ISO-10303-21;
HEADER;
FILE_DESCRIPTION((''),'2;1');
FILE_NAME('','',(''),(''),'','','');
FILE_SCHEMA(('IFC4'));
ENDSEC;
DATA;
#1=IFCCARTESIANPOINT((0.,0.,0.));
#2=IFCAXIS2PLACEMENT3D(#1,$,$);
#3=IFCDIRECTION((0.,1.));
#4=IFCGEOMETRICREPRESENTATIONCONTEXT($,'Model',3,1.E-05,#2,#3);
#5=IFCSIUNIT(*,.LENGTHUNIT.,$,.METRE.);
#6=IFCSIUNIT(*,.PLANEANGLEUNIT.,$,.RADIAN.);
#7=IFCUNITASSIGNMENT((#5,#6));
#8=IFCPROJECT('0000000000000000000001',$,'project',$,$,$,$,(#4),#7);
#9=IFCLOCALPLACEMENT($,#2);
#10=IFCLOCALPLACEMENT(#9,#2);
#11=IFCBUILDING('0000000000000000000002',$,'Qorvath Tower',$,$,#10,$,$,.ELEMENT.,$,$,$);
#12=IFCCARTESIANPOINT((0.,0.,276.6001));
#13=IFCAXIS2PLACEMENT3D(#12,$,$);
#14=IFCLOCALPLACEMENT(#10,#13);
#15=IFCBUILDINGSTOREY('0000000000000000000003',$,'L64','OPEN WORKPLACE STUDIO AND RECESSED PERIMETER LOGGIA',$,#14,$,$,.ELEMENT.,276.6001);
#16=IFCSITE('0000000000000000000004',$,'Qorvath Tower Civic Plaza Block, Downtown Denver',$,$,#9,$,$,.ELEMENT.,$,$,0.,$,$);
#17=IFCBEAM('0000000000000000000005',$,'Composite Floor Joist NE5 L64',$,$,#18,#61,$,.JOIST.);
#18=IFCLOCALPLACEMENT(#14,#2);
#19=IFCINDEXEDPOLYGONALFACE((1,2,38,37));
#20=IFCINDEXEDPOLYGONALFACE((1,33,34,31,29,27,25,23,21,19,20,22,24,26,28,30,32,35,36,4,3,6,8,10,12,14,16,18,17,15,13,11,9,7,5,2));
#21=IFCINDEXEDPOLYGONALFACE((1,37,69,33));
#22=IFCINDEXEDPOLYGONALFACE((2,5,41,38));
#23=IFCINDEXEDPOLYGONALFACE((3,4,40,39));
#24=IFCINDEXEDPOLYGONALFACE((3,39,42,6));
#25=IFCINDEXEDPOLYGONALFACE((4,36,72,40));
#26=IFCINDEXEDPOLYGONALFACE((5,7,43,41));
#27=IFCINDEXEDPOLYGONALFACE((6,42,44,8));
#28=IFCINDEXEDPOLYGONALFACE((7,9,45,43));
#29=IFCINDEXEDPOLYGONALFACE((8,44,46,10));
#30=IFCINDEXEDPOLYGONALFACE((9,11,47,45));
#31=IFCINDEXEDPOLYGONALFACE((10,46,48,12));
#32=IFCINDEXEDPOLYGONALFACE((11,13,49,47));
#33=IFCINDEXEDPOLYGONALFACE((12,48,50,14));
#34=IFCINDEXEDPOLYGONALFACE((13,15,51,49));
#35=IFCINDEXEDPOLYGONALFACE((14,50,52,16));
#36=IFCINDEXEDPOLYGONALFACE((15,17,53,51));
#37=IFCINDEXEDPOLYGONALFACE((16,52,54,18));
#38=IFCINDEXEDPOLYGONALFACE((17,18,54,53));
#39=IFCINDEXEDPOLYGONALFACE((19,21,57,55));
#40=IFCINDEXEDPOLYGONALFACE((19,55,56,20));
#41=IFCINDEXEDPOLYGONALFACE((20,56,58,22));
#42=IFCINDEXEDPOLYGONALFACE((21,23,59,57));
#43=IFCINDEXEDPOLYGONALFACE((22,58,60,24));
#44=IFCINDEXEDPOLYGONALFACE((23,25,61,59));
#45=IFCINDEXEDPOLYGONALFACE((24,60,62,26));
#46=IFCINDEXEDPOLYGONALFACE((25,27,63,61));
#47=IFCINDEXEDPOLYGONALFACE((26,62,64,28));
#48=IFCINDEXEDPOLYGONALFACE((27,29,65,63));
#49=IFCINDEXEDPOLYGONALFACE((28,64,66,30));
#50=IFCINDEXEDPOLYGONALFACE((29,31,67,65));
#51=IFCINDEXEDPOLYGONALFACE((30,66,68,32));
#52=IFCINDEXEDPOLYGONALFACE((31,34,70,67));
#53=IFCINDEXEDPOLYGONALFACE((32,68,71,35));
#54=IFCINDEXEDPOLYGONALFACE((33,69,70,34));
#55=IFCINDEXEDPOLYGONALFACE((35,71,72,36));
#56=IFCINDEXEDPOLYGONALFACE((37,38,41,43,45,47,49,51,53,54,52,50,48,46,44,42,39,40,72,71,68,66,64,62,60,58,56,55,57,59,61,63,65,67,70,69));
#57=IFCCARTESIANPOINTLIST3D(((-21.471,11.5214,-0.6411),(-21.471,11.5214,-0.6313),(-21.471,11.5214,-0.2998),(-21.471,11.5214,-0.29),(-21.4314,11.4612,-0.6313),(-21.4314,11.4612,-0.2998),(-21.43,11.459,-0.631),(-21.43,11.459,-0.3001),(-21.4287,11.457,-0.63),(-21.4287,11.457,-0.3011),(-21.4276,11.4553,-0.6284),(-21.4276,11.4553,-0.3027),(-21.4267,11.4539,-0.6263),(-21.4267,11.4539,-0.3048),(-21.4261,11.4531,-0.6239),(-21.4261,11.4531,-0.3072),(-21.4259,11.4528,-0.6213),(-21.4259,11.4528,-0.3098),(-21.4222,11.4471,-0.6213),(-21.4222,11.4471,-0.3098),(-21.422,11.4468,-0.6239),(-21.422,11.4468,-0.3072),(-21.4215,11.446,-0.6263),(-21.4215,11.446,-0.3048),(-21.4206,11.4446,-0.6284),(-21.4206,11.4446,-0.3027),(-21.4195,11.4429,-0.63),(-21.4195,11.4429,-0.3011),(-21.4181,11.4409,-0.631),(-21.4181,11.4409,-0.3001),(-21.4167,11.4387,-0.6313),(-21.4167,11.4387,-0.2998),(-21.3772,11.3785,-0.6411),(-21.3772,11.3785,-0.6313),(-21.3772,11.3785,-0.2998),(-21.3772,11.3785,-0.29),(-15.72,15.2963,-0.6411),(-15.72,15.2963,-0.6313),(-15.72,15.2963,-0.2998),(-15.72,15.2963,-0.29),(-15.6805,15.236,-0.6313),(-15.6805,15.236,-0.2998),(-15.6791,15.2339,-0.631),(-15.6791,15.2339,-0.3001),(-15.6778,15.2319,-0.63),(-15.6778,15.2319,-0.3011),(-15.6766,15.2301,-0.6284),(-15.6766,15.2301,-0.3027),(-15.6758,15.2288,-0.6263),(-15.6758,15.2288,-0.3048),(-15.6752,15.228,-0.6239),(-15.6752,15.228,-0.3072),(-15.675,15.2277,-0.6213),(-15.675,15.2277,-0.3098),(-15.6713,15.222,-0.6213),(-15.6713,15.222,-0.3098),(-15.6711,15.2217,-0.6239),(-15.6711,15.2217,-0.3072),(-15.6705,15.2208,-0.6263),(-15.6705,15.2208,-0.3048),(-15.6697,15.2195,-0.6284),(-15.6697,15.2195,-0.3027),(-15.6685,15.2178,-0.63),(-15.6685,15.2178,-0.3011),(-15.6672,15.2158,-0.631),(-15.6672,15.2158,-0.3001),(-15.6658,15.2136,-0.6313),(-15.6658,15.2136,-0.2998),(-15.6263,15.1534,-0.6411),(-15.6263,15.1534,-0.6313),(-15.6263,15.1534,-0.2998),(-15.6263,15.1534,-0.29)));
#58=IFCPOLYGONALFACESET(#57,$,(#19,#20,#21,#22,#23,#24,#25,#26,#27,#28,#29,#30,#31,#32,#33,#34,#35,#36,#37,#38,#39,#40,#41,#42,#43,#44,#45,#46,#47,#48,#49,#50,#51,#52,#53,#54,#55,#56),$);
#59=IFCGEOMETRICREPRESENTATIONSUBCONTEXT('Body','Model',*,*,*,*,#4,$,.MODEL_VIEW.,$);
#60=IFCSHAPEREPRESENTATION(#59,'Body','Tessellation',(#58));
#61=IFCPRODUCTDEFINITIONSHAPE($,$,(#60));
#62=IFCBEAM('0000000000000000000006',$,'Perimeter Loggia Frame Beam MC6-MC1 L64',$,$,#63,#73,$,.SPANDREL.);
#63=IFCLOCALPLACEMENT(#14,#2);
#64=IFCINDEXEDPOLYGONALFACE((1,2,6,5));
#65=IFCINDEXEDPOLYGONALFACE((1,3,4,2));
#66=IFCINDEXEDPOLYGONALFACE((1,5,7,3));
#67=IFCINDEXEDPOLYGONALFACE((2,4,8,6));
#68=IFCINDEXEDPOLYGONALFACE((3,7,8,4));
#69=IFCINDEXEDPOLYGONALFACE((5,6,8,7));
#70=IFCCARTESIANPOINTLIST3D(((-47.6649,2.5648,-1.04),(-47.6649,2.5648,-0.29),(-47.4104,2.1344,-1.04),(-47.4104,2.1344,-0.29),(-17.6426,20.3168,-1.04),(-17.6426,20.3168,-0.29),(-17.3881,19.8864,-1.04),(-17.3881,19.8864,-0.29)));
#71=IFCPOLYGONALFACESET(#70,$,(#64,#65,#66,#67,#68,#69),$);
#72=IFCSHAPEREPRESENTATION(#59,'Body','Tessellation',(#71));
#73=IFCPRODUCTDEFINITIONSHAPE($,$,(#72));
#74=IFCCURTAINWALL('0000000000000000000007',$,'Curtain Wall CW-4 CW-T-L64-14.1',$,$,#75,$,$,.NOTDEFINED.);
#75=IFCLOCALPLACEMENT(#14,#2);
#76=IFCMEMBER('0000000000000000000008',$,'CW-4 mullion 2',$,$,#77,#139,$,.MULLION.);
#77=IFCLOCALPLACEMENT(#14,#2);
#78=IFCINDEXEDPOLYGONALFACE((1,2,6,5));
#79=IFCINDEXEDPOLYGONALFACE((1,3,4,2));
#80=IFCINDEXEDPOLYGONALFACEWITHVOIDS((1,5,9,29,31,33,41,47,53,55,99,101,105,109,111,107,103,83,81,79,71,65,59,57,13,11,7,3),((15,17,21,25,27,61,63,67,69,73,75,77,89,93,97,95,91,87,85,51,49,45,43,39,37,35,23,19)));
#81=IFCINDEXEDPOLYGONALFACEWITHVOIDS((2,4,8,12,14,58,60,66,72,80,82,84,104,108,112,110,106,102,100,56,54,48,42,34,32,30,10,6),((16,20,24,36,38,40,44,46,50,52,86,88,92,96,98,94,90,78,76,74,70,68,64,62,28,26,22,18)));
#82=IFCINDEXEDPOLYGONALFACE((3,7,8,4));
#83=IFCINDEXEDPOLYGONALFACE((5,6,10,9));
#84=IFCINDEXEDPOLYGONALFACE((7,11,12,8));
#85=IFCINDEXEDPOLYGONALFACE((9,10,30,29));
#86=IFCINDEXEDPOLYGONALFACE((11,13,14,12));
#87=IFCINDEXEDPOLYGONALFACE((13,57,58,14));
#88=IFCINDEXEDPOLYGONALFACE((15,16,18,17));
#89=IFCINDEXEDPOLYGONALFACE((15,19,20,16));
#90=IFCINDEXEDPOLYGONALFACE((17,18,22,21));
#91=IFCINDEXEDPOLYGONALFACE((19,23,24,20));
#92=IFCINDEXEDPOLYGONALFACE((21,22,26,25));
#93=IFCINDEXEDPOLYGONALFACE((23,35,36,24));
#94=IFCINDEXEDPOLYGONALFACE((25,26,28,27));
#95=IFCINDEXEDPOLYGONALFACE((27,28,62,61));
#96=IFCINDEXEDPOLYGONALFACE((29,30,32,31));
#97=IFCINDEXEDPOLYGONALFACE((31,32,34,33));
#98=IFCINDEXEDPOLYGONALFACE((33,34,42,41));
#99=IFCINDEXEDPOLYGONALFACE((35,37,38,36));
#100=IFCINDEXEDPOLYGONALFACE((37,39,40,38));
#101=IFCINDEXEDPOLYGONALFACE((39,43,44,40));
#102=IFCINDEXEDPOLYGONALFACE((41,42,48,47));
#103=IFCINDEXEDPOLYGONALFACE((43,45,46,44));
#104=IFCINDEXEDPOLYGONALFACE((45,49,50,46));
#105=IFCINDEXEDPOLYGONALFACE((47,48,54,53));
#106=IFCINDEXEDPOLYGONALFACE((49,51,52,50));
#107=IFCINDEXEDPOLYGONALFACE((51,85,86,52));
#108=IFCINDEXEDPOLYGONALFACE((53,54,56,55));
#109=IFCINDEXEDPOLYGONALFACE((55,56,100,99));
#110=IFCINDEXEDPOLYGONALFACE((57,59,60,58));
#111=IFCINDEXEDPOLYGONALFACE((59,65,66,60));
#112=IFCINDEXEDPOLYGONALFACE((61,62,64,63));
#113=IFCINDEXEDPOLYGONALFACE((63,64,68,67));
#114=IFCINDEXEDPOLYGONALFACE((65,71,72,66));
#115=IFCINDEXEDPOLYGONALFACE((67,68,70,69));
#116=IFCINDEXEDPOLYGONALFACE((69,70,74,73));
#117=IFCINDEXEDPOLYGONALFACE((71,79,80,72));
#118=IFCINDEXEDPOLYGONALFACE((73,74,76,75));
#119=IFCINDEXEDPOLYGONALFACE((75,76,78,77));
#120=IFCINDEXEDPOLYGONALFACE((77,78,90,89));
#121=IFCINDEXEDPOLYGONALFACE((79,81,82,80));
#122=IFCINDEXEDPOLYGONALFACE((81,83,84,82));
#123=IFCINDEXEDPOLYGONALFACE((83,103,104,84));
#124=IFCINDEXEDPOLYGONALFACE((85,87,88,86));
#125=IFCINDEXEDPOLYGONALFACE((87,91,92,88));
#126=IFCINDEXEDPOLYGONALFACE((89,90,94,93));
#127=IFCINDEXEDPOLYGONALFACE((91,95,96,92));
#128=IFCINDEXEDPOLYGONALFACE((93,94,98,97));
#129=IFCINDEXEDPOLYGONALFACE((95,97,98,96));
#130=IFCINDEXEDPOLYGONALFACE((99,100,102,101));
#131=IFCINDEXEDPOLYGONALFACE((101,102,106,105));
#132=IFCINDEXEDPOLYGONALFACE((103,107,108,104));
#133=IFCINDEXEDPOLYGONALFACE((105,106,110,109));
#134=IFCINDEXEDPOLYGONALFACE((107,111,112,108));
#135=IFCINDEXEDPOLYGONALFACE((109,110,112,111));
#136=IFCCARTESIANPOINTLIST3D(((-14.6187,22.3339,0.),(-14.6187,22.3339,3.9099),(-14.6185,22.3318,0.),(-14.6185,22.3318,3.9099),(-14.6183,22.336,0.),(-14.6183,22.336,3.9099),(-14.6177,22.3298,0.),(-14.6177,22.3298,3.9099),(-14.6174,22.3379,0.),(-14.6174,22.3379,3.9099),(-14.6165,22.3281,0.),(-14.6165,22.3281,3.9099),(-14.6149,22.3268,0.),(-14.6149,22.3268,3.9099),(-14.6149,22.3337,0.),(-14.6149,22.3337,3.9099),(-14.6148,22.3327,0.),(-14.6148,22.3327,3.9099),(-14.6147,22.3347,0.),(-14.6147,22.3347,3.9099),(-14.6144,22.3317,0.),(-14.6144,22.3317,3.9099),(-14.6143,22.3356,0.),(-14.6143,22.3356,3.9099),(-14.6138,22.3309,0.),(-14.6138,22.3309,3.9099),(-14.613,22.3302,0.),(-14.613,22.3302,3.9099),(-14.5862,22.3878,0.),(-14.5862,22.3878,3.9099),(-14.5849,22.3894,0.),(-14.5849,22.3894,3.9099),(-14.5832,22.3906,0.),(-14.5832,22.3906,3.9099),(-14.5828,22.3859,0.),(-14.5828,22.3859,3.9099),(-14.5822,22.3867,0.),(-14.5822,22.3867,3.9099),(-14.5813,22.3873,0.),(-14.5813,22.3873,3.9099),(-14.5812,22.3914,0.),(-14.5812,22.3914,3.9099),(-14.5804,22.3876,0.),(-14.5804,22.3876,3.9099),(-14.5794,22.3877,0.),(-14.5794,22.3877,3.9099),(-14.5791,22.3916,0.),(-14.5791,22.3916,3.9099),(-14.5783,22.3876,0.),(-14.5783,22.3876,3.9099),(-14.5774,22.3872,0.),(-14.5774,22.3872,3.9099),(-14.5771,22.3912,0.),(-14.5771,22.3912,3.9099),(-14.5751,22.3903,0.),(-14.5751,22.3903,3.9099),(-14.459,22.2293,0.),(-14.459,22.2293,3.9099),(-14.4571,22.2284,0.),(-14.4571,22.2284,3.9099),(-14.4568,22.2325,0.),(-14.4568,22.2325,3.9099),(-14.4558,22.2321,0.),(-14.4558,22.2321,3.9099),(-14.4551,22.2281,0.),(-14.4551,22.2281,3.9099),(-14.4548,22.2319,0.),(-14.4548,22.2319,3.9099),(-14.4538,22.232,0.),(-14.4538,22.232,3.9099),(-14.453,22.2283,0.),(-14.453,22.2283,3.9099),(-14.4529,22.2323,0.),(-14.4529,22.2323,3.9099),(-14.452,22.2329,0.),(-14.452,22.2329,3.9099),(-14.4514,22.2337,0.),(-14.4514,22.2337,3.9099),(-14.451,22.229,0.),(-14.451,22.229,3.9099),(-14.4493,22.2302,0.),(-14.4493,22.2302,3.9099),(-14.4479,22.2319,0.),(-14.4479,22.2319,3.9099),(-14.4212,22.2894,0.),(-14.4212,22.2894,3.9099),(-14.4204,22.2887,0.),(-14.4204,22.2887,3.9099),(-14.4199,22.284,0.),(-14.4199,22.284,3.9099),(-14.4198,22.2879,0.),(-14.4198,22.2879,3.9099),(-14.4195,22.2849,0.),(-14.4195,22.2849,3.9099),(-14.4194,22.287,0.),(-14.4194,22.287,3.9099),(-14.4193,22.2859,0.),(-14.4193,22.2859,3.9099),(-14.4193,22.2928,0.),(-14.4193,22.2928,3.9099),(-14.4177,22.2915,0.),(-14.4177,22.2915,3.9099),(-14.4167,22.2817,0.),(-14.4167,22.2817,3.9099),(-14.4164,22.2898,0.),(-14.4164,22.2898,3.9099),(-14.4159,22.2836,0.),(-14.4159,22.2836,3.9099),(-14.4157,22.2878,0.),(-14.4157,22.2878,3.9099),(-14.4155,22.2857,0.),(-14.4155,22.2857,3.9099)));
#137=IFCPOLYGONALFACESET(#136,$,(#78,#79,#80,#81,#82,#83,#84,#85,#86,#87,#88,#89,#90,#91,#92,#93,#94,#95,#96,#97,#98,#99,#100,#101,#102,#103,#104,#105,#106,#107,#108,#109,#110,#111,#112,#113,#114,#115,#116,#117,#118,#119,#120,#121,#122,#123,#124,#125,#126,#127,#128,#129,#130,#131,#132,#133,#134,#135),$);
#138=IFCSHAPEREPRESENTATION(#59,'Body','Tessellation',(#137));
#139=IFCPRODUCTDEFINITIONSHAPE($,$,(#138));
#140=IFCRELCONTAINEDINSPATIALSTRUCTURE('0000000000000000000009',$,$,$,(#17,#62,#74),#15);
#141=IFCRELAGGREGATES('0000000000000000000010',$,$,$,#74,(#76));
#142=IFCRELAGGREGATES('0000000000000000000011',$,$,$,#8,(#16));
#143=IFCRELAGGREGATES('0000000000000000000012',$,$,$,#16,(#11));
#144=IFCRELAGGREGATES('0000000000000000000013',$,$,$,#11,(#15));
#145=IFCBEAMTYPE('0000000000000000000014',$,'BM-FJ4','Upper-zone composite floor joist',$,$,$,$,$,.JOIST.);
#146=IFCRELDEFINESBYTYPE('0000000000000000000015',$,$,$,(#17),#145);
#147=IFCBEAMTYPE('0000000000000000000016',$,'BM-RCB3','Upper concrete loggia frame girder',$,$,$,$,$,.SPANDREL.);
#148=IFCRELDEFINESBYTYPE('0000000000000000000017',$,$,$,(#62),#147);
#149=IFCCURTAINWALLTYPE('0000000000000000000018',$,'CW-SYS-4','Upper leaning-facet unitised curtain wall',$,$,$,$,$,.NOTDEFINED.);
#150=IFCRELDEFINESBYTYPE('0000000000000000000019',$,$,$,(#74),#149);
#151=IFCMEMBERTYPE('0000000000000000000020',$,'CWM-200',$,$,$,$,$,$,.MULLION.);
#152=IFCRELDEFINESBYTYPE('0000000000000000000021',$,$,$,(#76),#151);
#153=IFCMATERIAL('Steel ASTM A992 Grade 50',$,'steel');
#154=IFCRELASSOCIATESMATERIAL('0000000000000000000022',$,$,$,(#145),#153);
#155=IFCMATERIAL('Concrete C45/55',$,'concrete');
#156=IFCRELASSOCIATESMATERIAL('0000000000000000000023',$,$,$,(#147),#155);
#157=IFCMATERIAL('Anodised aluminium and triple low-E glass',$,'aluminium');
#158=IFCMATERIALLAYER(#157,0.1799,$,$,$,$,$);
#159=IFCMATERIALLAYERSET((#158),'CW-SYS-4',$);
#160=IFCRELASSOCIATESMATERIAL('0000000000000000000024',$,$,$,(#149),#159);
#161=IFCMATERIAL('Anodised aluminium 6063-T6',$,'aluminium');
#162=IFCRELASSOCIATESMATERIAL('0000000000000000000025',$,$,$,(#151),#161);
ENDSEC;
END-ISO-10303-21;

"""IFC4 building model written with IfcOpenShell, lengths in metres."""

from ifc_helpers import new_model, si_unit, direction, frame, origin, origin_2d, place, context, subcontext, project, spatial, rectangle, hollow_rectangle, i_section, extrude, material, layer, layer_set, material_profile, profile_set, type_object, element, aggregate, save


model = new_model("IFC4")

# Units and contexts
model_context = context("Model", 3, precision=1e-05, world=origin(), true_north=direction((0.0, 1.0)))
body_context = subcontext(model_context, "Body", "Model", "MODEL_VIEW")
ifc_project = project(units=[si_unit("LENGTHUNIT", "METRE"), si_unit("PLANEANGLEUNIT", "RADIAN")], contexts=[model_context])

# Site, building, storey
site_placement = place(None, origin())
site = spatial("IfcSite", under=ifc_project, at=site_placement, Name="Qorvath Tower Civic Plaza Block, Downtown Denver", CompositionType="ELEMENT", RefElevation=0.0)
building_placement = place(site_placement, origin())
building = spatial("IfcBuilding", under=site, at=building_placement, Name="Qorvath Tower", CompositionType="ELEMENT")
storey_placement = place(building_placement, frame((0.0, 0.0, 276.6001)))
storey = spatial("IfcBuildingStorey", under=building, at=storey_placement, Name="L64", Description="OPEN WORKPLACE STUDIO AND RECESSED PERIMETER LOGGIA", CompositionType="ELEMENT", Elevation=276.6001)

# Beams
ifc_material_1 = material(Name="Steel ASTM A992 Grade 50", Category="steel")
ifc_material_profile_1 = material_profile(ifc_material_1, i_section(OverallWidth=0.1709, OverallDepth=0.3511, WebThickness=0.0068, FlangeThickness=0.0098, FilletRadius=0.01, at=origin_2d()), Name="W14x30")
ifc_profile_set_1 = profile_set([ifc_material_profile_1], Name="Steel ASTM A992 Grade 50")
beam_type_1 = type_object("IfcBeamType", Name="BM-FJ4", Description="Upper-zone composite floor joist", PredefinedType="JOIST", material=ifc_profile_set_1)
beam_1_placement = place(storey_placement, frame((-21.4241, 11.45, -0.4656), z_axis=(0.835993, 0.54874, 0.0), x_axis=(-0.54874, 0.835993, 0.0)))
element("IfcBeam", 1, at=beam_1_placement, inside=storey, type_object=beam_type_1, Name="Composite Floor Joist NE5 L64", PredefinedType="JOIST", context=body_context, shape_type="SweptSolid", body=[
    extrude(i_section(OverallWidth=0.1709, OverallDepth=0.3511, WebThickness=0.0068, FlangeThickness=0.0098, FilletRadius=0.01, at=origin_2d()), origin(), (0.0, 0.0, 1.0), 6.8792),
])
ifc_material_2 = material(Name="Concrete C45/55", Category="concrete")
ifc_material_profile_2 = material_profile(ifc_material_2, rectangle(XDim=0.5, YDim=0.75, at=origin_2d()), Name="RCB 750x500")
ifc_profile_set_2 = profile_set([ifc_material_profile_2], Name="Concrete C45/55")
beam_type_2 = type_object("IfcBeamType", Name="BM-RCB3", Description="Upper concrete loggia frame girder", PredefinedType="SPANDREL", material=ifc_profile_set_2)
beam_2_placement = place(storey_placement, frame((-17.5154, 20.1016, -0.665), z_axis=(-0.860781, -0.508975, 0.0), x_axis=(0.508975, -0.860781, 0.0)))
element("IfcBeam", 2, at=beam_2_placement, inside=storey, type_object=beam_type_2, Name="Perimeter Loggia Frame Beam MC6-MC1 L64", PredefinedType="SPANDREL", context=body_context, shape_type="SweptSolid", body=[
    extrude(rectangle(XDim=0.5, YDim=0.75, at=origin_2d()), origin(), (0.0, 0.0, 1.0), 34.8779),
])

# Curtain wall, member
ifc_material_3 = material(Name="Anodised aluminium and triple low-E glass", Category="aluminium")
ifc_layer_1 = layer(ifc_material_3, 0.1799)
ifc_layer_set_1 = layer_set([ifc_layer_1], Name="CW-SYS-4")
curtain_wall_type = type_object("IfcCurtainWallType", Name="CW-SYS-4", Description="Upper leaning-facet unitised curtain wall", PredefinedType="NOTDEFINED", material=ifc_layer_set_1)
curtain_wall_1_placement = place(storey_placement, origin())
curtain_wall_1 = element("IfcCurtainWall", 3, at=curtain_wall_1_placement, inside=storey, type_object=curtain_wall_type, Name="Curtain Wall CW-4 CW-T-L64-14.1", PredefinedType="NOTDEFINED")
ifc_material_4 = material(Name="Anodised aluminium 6063-T6", Category="aluminium")
ifc_material_profile_3 = material_profile(ifc_material_4, hollow_rectangle(XDim=0.075, YDim=0.2, WallThickness=0.0039, InnerFilletRadius=0.0039, OuterFilletRadius=0.0081, at=origin_2d()), Name="CWM 200x75")
ifc_profile_set_3 = profile_set([ifc_material_profile_3], Name="Anodised aluminium 6063-T6")
member_type_1 = type_object("IfcMemberType", Name="CWM-200", PredefinedType="MULLION", material=ifc_profile_set_3)
member_1_placement = place(storey_placement, frame((-14.5171, 22.3098, 0.0), z_axis=(0.0, 0.0, 1.0), x_axis=(-0.530363, -0.847771, 0.0)))
member_1 = element("IfcMember", 4, at=member_1_placement, type_object=member_type_1, Name="CW-4 mullion 2", PredefinedType="MULLION", context=body_context, shape_type="SweptSolid", body=[
    extrude(hollow_rectangle(XDim=0.075, YDim=0.2, WallThickness=0.0039, InnerFilletRadius=0.0039, OuterFilletRadius=0.0081, at=origin_2d()), origin(), (0.0, 0.0, 1.0), 3.9099),
])
aggregate(curtain_wall_1, [member_1])

save(model, "model.ifc")
